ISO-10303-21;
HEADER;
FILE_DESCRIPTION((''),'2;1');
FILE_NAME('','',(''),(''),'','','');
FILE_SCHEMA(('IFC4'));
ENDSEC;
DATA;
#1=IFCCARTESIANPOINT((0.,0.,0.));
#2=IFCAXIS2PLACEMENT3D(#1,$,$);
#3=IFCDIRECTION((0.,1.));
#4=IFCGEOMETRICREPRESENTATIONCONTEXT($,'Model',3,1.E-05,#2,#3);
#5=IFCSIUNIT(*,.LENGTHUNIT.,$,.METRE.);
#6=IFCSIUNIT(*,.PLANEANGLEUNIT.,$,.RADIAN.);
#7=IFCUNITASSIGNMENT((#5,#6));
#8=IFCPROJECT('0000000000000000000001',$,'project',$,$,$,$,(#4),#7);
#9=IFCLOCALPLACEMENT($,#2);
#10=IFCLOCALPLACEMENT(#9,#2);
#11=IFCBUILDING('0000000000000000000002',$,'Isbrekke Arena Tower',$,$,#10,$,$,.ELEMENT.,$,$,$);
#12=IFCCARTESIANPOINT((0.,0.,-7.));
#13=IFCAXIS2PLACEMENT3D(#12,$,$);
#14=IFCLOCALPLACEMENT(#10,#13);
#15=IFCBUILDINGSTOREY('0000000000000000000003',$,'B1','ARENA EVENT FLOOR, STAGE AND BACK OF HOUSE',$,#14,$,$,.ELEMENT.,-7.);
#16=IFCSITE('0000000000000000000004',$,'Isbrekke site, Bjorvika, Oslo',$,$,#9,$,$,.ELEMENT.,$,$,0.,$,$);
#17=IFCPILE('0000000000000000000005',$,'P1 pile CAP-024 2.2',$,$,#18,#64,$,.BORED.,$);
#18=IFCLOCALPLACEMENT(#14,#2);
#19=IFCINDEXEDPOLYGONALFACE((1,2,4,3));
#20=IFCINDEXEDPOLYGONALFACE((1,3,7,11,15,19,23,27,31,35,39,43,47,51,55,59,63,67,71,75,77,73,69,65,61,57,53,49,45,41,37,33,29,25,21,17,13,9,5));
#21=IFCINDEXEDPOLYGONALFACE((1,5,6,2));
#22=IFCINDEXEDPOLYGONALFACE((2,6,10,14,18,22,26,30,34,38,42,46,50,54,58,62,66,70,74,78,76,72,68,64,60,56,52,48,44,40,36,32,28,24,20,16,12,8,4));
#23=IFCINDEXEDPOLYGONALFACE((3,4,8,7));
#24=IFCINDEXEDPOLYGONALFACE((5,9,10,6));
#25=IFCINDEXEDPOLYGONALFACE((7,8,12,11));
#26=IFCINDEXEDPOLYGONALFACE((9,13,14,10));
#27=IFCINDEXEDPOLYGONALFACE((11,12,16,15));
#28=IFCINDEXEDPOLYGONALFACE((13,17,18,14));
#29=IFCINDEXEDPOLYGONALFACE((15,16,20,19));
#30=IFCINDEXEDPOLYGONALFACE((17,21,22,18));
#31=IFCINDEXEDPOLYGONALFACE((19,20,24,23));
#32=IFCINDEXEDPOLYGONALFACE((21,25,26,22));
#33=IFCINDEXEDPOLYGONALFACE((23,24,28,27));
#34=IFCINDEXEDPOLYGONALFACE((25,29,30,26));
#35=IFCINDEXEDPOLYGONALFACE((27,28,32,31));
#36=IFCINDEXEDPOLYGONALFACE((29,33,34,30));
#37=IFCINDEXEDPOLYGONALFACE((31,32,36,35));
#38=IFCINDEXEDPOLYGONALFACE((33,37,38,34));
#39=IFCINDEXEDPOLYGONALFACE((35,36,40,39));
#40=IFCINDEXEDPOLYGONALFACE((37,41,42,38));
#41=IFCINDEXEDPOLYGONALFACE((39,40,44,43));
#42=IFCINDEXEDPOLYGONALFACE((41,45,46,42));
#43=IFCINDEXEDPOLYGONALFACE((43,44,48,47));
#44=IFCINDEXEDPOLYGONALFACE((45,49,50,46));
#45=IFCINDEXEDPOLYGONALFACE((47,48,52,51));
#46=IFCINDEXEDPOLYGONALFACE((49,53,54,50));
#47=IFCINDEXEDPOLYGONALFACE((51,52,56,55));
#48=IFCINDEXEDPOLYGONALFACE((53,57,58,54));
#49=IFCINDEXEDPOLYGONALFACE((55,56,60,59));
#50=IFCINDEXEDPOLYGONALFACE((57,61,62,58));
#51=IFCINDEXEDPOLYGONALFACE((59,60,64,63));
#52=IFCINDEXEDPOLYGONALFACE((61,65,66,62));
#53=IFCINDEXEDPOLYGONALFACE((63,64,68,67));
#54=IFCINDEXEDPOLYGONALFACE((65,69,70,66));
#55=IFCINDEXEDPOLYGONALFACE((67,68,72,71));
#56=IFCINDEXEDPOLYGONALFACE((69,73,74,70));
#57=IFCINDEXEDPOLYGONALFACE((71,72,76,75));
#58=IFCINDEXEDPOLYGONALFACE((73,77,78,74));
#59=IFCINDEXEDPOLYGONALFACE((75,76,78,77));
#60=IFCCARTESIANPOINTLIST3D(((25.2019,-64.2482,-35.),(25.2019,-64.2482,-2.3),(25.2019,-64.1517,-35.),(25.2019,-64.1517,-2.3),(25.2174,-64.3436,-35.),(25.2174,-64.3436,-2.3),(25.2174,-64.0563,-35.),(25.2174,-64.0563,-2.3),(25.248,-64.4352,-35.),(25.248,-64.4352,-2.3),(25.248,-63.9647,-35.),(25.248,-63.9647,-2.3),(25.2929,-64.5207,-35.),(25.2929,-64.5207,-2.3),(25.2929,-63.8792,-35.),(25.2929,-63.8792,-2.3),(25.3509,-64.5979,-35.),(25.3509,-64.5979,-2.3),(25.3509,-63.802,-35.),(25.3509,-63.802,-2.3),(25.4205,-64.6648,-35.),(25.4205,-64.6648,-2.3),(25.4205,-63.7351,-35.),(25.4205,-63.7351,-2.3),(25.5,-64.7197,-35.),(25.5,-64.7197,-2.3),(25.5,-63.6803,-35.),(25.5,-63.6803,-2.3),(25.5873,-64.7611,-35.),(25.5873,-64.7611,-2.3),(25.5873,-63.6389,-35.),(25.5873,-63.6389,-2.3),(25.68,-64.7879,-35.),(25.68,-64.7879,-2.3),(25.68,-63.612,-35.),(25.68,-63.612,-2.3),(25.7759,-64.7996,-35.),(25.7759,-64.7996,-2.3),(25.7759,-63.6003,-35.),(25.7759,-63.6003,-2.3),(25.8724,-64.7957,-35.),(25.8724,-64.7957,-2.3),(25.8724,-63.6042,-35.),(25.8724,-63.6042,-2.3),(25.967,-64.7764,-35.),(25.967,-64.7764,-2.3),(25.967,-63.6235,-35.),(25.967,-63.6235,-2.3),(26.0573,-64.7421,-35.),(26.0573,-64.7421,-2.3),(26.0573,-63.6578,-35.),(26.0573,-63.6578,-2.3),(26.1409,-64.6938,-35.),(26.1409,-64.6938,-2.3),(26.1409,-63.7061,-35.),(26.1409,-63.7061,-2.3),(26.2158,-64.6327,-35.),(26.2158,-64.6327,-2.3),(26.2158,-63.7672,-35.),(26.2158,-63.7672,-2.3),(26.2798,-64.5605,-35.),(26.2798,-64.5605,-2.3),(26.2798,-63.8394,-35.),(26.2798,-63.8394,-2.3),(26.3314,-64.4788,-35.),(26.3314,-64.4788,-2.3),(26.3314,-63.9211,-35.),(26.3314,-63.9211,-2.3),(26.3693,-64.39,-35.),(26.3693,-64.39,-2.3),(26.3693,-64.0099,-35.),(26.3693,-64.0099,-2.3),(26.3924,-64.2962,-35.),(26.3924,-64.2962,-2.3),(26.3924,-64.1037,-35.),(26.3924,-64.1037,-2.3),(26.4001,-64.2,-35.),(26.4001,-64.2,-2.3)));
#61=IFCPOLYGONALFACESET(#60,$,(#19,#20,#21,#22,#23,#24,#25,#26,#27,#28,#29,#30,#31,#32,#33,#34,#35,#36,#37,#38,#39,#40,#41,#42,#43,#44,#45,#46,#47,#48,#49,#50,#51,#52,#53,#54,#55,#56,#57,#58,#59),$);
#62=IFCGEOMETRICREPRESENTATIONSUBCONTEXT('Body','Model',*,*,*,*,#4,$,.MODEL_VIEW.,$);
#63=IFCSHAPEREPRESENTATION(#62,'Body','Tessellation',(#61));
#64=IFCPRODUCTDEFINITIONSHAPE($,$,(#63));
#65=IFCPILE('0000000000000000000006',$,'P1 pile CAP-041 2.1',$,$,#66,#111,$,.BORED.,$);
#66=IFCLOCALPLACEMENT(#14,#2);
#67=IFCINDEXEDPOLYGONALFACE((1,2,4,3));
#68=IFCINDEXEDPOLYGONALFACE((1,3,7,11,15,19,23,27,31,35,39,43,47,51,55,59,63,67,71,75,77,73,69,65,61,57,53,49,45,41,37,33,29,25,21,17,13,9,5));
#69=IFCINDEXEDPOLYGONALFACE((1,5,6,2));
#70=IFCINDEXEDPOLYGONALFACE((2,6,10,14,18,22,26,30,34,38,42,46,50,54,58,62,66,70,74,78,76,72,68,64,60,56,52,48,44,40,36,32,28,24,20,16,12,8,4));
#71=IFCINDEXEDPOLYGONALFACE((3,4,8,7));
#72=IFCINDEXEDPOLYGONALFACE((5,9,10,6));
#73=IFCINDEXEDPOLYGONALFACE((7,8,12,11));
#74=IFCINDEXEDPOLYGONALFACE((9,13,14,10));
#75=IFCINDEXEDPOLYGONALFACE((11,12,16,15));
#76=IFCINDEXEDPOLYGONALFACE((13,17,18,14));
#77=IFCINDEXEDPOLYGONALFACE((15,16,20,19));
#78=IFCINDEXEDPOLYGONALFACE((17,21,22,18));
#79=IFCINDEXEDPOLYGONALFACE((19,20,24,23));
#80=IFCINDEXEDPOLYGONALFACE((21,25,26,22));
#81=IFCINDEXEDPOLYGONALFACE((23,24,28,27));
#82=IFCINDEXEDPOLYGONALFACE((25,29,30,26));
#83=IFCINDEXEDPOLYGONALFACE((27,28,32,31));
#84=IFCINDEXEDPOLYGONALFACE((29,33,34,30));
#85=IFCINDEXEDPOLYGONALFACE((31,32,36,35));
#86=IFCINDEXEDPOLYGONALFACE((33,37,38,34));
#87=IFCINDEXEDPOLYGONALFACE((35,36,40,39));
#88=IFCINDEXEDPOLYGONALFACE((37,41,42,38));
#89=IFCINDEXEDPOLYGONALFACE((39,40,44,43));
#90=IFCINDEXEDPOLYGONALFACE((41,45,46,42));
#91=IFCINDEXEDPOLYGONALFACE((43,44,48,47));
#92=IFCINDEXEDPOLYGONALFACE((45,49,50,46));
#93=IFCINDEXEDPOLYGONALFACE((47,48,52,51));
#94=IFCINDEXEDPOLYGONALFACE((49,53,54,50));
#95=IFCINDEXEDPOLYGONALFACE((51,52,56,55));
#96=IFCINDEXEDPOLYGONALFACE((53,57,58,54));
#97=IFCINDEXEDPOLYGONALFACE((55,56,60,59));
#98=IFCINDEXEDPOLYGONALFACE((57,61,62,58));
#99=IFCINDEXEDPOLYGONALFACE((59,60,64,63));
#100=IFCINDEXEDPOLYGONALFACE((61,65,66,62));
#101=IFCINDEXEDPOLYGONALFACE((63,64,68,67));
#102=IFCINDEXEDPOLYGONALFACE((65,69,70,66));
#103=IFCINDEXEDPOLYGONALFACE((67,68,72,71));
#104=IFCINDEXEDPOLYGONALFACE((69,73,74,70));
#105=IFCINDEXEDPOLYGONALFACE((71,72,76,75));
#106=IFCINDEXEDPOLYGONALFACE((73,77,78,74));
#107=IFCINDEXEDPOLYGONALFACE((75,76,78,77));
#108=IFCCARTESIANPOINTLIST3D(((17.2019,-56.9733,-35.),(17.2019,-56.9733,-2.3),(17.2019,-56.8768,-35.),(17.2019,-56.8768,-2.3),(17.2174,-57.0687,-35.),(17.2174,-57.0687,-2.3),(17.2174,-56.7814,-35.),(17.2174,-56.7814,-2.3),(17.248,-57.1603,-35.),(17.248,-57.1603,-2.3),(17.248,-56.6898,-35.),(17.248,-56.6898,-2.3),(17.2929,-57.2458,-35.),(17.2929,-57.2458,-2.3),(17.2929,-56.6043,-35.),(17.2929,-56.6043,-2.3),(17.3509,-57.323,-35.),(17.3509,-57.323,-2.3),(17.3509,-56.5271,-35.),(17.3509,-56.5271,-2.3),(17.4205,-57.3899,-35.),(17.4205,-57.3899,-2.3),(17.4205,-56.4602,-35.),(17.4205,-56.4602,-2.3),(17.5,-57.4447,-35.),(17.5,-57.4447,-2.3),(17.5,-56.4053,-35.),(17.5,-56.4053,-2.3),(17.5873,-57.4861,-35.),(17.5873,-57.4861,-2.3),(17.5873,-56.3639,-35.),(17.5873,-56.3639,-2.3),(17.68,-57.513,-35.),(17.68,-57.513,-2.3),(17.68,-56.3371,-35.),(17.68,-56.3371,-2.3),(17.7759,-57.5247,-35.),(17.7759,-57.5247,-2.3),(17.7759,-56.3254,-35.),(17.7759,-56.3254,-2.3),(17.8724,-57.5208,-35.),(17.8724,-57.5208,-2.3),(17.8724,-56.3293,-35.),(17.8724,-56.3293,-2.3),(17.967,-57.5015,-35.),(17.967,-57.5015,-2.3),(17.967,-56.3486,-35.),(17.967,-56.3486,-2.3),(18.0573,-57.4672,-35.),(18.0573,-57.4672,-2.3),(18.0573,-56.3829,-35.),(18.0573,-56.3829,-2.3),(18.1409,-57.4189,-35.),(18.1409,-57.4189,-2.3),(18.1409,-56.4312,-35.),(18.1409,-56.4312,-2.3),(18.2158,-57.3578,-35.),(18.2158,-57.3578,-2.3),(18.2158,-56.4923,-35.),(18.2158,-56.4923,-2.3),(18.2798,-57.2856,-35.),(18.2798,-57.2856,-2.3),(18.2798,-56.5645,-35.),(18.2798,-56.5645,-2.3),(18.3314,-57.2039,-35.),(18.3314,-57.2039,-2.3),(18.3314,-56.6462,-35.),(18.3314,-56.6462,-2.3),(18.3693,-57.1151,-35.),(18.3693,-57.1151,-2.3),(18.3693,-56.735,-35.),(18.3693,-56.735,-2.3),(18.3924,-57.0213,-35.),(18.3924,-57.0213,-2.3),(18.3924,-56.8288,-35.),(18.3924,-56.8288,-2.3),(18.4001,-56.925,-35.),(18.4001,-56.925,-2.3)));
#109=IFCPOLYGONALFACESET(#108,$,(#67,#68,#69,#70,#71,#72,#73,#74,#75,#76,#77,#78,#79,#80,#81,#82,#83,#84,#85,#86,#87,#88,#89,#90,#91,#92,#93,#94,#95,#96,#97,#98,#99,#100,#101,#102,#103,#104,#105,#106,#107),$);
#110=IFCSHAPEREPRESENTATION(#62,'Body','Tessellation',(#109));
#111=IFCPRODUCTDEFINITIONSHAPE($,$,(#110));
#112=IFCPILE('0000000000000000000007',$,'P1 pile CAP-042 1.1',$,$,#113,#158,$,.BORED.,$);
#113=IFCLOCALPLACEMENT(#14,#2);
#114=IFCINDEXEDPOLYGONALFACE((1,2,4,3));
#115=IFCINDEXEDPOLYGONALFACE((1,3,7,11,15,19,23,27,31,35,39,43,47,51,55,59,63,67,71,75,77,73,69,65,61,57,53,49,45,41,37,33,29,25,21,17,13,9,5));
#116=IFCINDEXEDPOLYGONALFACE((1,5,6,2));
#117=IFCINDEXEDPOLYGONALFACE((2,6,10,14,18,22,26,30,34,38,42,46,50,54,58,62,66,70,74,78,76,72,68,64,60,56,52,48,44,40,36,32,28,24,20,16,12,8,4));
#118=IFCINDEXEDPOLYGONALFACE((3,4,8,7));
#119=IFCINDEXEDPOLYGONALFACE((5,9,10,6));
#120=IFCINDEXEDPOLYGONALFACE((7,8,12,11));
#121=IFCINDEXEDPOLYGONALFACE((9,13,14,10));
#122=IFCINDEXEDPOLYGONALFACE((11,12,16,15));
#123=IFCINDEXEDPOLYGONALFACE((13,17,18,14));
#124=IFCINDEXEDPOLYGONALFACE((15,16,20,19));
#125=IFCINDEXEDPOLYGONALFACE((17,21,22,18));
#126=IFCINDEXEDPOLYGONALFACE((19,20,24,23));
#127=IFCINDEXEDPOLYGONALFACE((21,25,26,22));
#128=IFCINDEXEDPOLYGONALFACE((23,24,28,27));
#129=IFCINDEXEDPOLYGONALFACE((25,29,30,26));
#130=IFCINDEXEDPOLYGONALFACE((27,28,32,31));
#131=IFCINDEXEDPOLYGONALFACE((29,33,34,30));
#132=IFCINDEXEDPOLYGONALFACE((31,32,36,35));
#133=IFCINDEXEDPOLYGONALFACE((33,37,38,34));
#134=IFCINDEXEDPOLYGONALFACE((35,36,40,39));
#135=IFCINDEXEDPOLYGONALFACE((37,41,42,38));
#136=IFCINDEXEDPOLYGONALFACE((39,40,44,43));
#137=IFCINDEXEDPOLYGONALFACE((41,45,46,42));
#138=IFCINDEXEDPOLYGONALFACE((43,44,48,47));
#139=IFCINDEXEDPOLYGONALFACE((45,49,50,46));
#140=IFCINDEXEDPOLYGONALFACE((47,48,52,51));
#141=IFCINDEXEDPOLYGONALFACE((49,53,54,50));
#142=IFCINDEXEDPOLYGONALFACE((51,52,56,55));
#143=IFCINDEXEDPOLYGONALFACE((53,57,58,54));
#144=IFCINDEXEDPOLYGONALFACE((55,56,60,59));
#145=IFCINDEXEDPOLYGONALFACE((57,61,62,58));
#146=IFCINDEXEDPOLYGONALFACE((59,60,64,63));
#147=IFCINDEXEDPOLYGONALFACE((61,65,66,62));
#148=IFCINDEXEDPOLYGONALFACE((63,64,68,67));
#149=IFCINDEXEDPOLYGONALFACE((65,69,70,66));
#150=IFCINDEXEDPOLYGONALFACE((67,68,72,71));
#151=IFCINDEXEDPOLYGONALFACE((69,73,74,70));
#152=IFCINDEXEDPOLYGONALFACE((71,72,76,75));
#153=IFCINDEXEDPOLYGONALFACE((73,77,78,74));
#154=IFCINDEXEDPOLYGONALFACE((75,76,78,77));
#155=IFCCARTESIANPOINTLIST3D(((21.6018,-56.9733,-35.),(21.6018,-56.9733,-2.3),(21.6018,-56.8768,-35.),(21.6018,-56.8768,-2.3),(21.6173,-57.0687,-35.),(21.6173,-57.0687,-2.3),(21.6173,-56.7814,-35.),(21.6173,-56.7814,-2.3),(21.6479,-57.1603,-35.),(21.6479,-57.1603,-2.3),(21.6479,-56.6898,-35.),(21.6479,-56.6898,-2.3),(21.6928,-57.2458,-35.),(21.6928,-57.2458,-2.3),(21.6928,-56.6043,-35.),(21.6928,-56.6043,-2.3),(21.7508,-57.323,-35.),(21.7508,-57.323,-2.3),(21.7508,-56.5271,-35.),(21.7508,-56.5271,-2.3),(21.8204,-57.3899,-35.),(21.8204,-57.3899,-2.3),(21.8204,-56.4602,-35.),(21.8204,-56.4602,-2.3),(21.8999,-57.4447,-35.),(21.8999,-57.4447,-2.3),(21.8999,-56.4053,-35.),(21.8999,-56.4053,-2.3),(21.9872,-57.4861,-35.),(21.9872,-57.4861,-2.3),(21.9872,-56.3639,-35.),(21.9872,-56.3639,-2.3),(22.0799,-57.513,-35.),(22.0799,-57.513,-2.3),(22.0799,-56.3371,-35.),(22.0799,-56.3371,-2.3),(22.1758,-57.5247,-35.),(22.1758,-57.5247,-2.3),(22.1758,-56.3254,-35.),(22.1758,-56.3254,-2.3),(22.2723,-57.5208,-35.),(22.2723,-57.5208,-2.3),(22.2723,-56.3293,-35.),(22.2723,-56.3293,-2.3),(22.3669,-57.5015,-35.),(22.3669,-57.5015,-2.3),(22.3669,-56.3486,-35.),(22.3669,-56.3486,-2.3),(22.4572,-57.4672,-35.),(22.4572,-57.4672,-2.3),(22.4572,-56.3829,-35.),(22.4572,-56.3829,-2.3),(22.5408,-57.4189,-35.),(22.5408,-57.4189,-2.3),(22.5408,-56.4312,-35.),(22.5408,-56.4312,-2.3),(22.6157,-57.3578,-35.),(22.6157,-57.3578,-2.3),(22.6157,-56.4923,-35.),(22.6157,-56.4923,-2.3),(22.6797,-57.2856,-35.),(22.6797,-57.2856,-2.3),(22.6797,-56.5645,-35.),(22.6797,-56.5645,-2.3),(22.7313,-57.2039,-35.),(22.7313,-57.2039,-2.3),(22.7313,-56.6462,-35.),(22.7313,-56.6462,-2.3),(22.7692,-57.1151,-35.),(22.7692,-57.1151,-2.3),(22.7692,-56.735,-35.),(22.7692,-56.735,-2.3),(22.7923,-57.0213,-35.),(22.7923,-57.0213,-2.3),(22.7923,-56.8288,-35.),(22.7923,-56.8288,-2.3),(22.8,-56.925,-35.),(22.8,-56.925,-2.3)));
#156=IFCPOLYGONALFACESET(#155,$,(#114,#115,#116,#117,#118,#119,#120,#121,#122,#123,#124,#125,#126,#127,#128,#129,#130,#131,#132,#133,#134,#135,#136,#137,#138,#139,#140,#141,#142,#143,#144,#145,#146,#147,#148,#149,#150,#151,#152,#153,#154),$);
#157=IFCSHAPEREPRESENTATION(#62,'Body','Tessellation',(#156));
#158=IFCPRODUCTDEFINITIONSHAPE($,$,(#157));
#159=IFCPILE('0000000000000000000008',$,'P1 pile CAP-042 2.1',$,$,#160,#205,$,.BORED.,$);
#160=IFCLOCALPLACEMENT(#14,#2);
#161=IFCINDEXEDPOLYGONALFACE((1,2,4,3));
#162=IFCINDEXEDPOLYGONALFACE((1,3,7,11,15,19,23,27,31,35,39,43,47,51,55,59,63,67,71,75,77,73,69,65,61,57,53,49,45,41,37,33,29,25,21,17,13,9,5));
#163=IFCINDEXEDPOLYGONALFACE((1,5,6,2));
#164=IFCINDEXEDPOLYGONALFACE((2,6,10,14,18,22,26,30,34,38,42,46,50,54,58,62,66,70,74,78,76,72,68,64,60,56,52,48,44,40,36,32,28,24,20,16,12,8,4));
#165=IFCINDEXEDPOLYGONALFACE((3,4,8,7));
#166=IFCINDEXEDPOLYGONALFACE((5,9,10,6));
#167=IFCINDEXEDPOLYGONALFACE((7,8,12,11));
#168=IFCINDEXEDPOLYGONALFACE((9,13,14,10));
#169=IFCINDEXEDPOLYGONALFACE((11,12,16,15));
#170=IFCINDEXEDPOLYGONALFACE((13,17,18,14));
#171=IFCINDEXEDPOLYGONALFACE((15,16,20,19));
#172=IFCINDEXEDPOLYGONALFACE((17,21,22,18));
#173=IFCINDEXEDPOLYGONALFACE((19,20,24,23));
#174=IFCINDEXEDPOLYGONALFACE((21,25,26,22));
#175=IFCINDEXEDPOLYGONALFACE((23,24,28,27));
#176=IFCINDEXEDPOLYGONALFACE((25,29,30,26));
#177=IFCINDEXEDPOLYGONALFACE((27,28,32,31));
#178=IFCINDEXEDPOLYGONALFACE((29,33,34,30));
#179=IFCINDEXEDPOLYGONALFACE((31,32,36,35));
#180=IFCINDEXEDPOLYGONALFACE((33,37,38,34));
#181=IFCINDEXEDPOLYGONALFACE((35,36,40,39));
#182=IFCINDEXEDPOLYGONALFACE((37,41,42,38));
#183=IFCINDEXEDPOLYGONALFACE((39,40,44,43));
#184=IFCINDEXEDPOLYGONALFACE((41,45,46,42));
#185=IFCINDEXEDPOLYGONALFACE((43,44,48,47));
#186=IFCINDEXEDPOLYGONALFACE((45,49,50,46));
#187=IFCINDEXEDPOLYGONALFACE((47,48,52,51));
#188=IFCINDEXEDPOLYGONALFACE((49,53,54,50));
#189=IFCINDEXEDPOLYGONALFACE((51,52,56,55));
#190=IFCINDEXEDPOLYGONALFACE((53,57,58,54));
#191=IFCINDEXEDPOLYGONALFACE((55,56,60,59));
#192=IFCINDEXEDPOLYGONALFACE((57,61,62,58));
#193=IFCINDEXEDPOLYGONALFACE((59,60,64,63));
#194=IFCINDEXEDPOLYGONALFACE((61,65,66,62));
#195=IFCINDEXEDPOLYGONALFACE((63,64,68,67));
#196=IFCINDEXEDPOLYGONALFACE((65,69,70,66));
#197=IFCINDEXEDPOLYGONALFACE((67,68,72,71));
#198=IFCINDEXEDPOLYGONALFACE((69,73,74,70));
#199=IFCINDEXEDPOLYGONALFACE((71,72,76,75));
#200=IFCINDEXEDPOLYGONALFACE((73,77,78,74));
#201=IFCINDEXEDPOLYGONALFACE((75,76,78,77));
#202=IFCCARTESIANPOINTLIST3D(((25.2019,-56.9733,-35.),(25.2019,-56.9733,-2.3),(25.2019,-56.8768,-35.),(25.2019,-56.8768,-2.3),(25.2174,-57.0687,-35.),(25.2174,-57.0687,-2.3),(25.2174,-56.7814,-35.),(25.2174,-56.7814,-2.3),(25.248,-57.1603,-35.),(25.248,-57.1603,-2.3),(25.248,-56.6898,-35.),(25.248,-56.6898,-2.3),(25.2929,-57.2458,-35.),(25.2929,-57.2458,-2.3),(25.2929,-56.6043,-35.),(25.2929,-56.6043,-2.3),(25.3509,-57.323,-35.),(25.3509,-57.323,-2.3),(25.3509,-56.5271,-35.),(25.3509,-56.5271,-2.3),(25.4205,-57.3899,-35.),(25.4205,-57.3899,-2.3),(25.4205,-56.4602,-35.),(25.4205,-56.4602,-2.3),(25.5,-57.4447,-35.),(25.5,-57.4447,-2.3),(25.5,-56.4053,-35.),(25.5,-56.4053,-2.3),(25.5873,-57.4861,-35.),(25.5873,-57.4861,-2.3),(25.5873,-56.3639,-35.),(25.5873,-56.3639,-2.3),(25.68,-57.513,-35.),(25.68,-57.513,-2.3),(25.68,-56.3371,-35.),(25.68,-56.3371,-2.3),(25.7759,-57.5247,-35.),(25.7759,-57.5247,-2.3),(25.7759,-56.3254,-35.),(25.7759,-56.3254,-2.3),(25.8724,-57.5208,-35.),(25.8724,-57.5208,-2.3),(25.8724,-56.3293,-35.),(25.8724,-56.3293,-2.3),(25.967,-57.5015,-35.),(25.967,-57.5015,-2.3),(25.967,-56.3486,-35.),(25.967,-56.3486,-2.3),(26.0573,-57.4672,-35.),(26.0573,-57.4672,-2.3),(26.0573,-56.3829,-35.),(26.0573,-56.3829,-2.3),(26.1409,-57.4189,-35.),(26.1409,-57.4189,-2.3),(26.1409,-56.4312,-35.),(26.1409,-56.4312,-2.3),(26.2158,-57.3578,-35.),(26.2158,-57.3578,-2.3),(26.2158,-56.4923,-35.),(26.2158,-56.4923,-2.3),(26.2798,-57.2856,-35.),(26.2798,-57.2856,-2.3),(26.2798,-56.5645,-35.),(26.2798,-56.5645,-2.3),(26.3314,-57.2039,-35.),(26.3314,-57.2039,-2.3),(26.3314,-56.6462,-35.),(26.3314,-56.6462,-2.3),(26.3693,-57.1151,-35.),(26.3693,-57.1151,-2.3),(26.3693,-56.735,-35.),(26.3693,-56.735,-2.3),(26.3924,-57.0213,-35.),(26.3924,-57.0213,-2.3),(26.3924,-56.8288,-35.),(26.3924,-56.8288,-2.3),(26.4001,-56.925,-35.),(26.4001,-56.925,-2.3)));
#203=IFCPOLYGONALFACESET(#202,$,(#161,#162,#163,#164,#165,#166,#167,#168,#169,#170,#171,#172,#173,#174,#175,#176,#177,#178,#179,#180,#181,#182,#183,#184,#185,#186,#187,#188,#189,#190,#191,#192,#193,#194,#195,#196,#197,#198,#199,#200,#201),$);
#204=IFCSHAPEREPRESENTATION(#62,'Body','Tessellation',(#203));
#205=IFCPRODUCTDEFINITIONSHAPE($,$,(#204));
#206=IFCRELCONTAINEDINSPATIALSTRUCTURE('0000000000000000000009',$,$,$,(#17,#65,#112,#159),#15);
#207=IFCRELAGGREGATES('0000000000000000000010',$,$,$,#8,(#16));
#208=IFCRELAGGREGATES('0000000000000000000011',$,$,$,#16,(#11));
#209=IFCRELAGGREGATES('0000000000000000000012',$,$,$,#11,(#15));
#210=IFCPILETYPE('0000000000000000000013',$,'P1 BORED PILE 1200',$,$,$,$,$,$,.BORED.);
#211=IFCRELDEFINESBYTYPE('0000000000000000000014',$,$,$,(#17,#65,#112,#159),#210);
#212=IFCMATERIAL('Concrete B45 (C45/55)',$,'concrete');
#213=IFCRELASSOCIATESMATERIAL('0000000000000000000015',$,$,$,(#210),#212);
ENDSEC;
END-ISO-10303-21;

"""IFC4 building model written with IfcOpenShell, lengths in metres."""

from ifc_helpers import new_model, si_unit, direction, frame, origin, origin_2d, place, context, subcontext, project, spatial, circle, extrude, material, material_profile, profile_set, type_object, element, save


model = new_model("IFC4")

# Units and contexts
model_context = context("Model", 3, precision=1e-05, world=origin(), true_north=direction((0.0, 1.0)))
body_context = subcontext(model_context, "Body", "Model", "MODEL_VIEW")
ifc_project = project(units=[si_unit("LENGTHUNIT", "METRE"), si_unit("PLANEANGLEUNIT", "RADIAN")], contexts=[model_context])

# Site, building, storey
site_placement = place(None, origin())
site = spatial("IfcSite", under=ifc_project, at=site_placement, Name="Isbrekke site, Bjorvika, Oslo", CompositionType="ELEMENT", RefElevation=0.0)
building_placement = place(site_placement, origin())
building = spatial("IfcBuilding", under=site, at=building_placement, Name="Isbrekke Arena Tower", CompositionType="ELEMENT")
storey_placement = place(building_placement, frame((0.0, 0.0, -7.0)))
storey = spatial("IfcBuildingStorey", under=building, at=storey_placement, Name="B1", Description="ARENA EVENT FLOOR, STAGE AND BACK OF HOUSE", CompositionType="ELEMENT", Elevation=-7.0)

# Piles
ifc_material_1 = material(Name="Concrete B45 (C45/55)", Category="concrete")
ifc_material_profile_1 = material_profile(ifc_material_1, circle(Radius=0.6001, at=origin_2d()), Name="BORED PILE D1200")
ifc_profile_set_1 = profile_set([ifc_material_profile_1], Name="Concrete B45 (C45/55)")
pile_type = type_object("IfcPileType", Name="P1 BORED PILE 1200", PredefinedType="BORED", material=ifc_profile_set_1)
for number, where, z_axis, x_axis, name in (
    (1, (25.8, -64.2, -2.3), (0.0, 0.0, -1.0), (1.0, 0.0, 0.0), "P1 pile CAP-024 2.2"),
    (2, (17.8, -56.925, -2.3), (0.0, 0.0, -1.0), (1.0, 0.0, 0.0), "P1 pile CAP-041 2.1"),
    (3, (22.2, -56.925, -2.3), (0.0, 0.0, -1.0), (1.0, 0.0, 0.0), "P1 pile CAP-042 1.1"),
    (4, (25.8, -56.925, -2.3), (0.0, 0.0, -1.0), (1.0, 0.0, 0.0), "P1 pile CAP-042 2.1"),
):
    element("IfcPile", number, at=place(storey_placement, frame(where, z_axis=z_axis, x_axis=x_axis)), inside=storey, type_object=pile_type, Name=name, PredefinedType="BORED", context=body_context, shape_type="SweptSolid", body=[
        extrude(circle(Radius=0.6001, at=origin_2d()), origin(), (0.0, 0.0, 1.0), 32.7),
    ])

save(model, "model.ifc")
